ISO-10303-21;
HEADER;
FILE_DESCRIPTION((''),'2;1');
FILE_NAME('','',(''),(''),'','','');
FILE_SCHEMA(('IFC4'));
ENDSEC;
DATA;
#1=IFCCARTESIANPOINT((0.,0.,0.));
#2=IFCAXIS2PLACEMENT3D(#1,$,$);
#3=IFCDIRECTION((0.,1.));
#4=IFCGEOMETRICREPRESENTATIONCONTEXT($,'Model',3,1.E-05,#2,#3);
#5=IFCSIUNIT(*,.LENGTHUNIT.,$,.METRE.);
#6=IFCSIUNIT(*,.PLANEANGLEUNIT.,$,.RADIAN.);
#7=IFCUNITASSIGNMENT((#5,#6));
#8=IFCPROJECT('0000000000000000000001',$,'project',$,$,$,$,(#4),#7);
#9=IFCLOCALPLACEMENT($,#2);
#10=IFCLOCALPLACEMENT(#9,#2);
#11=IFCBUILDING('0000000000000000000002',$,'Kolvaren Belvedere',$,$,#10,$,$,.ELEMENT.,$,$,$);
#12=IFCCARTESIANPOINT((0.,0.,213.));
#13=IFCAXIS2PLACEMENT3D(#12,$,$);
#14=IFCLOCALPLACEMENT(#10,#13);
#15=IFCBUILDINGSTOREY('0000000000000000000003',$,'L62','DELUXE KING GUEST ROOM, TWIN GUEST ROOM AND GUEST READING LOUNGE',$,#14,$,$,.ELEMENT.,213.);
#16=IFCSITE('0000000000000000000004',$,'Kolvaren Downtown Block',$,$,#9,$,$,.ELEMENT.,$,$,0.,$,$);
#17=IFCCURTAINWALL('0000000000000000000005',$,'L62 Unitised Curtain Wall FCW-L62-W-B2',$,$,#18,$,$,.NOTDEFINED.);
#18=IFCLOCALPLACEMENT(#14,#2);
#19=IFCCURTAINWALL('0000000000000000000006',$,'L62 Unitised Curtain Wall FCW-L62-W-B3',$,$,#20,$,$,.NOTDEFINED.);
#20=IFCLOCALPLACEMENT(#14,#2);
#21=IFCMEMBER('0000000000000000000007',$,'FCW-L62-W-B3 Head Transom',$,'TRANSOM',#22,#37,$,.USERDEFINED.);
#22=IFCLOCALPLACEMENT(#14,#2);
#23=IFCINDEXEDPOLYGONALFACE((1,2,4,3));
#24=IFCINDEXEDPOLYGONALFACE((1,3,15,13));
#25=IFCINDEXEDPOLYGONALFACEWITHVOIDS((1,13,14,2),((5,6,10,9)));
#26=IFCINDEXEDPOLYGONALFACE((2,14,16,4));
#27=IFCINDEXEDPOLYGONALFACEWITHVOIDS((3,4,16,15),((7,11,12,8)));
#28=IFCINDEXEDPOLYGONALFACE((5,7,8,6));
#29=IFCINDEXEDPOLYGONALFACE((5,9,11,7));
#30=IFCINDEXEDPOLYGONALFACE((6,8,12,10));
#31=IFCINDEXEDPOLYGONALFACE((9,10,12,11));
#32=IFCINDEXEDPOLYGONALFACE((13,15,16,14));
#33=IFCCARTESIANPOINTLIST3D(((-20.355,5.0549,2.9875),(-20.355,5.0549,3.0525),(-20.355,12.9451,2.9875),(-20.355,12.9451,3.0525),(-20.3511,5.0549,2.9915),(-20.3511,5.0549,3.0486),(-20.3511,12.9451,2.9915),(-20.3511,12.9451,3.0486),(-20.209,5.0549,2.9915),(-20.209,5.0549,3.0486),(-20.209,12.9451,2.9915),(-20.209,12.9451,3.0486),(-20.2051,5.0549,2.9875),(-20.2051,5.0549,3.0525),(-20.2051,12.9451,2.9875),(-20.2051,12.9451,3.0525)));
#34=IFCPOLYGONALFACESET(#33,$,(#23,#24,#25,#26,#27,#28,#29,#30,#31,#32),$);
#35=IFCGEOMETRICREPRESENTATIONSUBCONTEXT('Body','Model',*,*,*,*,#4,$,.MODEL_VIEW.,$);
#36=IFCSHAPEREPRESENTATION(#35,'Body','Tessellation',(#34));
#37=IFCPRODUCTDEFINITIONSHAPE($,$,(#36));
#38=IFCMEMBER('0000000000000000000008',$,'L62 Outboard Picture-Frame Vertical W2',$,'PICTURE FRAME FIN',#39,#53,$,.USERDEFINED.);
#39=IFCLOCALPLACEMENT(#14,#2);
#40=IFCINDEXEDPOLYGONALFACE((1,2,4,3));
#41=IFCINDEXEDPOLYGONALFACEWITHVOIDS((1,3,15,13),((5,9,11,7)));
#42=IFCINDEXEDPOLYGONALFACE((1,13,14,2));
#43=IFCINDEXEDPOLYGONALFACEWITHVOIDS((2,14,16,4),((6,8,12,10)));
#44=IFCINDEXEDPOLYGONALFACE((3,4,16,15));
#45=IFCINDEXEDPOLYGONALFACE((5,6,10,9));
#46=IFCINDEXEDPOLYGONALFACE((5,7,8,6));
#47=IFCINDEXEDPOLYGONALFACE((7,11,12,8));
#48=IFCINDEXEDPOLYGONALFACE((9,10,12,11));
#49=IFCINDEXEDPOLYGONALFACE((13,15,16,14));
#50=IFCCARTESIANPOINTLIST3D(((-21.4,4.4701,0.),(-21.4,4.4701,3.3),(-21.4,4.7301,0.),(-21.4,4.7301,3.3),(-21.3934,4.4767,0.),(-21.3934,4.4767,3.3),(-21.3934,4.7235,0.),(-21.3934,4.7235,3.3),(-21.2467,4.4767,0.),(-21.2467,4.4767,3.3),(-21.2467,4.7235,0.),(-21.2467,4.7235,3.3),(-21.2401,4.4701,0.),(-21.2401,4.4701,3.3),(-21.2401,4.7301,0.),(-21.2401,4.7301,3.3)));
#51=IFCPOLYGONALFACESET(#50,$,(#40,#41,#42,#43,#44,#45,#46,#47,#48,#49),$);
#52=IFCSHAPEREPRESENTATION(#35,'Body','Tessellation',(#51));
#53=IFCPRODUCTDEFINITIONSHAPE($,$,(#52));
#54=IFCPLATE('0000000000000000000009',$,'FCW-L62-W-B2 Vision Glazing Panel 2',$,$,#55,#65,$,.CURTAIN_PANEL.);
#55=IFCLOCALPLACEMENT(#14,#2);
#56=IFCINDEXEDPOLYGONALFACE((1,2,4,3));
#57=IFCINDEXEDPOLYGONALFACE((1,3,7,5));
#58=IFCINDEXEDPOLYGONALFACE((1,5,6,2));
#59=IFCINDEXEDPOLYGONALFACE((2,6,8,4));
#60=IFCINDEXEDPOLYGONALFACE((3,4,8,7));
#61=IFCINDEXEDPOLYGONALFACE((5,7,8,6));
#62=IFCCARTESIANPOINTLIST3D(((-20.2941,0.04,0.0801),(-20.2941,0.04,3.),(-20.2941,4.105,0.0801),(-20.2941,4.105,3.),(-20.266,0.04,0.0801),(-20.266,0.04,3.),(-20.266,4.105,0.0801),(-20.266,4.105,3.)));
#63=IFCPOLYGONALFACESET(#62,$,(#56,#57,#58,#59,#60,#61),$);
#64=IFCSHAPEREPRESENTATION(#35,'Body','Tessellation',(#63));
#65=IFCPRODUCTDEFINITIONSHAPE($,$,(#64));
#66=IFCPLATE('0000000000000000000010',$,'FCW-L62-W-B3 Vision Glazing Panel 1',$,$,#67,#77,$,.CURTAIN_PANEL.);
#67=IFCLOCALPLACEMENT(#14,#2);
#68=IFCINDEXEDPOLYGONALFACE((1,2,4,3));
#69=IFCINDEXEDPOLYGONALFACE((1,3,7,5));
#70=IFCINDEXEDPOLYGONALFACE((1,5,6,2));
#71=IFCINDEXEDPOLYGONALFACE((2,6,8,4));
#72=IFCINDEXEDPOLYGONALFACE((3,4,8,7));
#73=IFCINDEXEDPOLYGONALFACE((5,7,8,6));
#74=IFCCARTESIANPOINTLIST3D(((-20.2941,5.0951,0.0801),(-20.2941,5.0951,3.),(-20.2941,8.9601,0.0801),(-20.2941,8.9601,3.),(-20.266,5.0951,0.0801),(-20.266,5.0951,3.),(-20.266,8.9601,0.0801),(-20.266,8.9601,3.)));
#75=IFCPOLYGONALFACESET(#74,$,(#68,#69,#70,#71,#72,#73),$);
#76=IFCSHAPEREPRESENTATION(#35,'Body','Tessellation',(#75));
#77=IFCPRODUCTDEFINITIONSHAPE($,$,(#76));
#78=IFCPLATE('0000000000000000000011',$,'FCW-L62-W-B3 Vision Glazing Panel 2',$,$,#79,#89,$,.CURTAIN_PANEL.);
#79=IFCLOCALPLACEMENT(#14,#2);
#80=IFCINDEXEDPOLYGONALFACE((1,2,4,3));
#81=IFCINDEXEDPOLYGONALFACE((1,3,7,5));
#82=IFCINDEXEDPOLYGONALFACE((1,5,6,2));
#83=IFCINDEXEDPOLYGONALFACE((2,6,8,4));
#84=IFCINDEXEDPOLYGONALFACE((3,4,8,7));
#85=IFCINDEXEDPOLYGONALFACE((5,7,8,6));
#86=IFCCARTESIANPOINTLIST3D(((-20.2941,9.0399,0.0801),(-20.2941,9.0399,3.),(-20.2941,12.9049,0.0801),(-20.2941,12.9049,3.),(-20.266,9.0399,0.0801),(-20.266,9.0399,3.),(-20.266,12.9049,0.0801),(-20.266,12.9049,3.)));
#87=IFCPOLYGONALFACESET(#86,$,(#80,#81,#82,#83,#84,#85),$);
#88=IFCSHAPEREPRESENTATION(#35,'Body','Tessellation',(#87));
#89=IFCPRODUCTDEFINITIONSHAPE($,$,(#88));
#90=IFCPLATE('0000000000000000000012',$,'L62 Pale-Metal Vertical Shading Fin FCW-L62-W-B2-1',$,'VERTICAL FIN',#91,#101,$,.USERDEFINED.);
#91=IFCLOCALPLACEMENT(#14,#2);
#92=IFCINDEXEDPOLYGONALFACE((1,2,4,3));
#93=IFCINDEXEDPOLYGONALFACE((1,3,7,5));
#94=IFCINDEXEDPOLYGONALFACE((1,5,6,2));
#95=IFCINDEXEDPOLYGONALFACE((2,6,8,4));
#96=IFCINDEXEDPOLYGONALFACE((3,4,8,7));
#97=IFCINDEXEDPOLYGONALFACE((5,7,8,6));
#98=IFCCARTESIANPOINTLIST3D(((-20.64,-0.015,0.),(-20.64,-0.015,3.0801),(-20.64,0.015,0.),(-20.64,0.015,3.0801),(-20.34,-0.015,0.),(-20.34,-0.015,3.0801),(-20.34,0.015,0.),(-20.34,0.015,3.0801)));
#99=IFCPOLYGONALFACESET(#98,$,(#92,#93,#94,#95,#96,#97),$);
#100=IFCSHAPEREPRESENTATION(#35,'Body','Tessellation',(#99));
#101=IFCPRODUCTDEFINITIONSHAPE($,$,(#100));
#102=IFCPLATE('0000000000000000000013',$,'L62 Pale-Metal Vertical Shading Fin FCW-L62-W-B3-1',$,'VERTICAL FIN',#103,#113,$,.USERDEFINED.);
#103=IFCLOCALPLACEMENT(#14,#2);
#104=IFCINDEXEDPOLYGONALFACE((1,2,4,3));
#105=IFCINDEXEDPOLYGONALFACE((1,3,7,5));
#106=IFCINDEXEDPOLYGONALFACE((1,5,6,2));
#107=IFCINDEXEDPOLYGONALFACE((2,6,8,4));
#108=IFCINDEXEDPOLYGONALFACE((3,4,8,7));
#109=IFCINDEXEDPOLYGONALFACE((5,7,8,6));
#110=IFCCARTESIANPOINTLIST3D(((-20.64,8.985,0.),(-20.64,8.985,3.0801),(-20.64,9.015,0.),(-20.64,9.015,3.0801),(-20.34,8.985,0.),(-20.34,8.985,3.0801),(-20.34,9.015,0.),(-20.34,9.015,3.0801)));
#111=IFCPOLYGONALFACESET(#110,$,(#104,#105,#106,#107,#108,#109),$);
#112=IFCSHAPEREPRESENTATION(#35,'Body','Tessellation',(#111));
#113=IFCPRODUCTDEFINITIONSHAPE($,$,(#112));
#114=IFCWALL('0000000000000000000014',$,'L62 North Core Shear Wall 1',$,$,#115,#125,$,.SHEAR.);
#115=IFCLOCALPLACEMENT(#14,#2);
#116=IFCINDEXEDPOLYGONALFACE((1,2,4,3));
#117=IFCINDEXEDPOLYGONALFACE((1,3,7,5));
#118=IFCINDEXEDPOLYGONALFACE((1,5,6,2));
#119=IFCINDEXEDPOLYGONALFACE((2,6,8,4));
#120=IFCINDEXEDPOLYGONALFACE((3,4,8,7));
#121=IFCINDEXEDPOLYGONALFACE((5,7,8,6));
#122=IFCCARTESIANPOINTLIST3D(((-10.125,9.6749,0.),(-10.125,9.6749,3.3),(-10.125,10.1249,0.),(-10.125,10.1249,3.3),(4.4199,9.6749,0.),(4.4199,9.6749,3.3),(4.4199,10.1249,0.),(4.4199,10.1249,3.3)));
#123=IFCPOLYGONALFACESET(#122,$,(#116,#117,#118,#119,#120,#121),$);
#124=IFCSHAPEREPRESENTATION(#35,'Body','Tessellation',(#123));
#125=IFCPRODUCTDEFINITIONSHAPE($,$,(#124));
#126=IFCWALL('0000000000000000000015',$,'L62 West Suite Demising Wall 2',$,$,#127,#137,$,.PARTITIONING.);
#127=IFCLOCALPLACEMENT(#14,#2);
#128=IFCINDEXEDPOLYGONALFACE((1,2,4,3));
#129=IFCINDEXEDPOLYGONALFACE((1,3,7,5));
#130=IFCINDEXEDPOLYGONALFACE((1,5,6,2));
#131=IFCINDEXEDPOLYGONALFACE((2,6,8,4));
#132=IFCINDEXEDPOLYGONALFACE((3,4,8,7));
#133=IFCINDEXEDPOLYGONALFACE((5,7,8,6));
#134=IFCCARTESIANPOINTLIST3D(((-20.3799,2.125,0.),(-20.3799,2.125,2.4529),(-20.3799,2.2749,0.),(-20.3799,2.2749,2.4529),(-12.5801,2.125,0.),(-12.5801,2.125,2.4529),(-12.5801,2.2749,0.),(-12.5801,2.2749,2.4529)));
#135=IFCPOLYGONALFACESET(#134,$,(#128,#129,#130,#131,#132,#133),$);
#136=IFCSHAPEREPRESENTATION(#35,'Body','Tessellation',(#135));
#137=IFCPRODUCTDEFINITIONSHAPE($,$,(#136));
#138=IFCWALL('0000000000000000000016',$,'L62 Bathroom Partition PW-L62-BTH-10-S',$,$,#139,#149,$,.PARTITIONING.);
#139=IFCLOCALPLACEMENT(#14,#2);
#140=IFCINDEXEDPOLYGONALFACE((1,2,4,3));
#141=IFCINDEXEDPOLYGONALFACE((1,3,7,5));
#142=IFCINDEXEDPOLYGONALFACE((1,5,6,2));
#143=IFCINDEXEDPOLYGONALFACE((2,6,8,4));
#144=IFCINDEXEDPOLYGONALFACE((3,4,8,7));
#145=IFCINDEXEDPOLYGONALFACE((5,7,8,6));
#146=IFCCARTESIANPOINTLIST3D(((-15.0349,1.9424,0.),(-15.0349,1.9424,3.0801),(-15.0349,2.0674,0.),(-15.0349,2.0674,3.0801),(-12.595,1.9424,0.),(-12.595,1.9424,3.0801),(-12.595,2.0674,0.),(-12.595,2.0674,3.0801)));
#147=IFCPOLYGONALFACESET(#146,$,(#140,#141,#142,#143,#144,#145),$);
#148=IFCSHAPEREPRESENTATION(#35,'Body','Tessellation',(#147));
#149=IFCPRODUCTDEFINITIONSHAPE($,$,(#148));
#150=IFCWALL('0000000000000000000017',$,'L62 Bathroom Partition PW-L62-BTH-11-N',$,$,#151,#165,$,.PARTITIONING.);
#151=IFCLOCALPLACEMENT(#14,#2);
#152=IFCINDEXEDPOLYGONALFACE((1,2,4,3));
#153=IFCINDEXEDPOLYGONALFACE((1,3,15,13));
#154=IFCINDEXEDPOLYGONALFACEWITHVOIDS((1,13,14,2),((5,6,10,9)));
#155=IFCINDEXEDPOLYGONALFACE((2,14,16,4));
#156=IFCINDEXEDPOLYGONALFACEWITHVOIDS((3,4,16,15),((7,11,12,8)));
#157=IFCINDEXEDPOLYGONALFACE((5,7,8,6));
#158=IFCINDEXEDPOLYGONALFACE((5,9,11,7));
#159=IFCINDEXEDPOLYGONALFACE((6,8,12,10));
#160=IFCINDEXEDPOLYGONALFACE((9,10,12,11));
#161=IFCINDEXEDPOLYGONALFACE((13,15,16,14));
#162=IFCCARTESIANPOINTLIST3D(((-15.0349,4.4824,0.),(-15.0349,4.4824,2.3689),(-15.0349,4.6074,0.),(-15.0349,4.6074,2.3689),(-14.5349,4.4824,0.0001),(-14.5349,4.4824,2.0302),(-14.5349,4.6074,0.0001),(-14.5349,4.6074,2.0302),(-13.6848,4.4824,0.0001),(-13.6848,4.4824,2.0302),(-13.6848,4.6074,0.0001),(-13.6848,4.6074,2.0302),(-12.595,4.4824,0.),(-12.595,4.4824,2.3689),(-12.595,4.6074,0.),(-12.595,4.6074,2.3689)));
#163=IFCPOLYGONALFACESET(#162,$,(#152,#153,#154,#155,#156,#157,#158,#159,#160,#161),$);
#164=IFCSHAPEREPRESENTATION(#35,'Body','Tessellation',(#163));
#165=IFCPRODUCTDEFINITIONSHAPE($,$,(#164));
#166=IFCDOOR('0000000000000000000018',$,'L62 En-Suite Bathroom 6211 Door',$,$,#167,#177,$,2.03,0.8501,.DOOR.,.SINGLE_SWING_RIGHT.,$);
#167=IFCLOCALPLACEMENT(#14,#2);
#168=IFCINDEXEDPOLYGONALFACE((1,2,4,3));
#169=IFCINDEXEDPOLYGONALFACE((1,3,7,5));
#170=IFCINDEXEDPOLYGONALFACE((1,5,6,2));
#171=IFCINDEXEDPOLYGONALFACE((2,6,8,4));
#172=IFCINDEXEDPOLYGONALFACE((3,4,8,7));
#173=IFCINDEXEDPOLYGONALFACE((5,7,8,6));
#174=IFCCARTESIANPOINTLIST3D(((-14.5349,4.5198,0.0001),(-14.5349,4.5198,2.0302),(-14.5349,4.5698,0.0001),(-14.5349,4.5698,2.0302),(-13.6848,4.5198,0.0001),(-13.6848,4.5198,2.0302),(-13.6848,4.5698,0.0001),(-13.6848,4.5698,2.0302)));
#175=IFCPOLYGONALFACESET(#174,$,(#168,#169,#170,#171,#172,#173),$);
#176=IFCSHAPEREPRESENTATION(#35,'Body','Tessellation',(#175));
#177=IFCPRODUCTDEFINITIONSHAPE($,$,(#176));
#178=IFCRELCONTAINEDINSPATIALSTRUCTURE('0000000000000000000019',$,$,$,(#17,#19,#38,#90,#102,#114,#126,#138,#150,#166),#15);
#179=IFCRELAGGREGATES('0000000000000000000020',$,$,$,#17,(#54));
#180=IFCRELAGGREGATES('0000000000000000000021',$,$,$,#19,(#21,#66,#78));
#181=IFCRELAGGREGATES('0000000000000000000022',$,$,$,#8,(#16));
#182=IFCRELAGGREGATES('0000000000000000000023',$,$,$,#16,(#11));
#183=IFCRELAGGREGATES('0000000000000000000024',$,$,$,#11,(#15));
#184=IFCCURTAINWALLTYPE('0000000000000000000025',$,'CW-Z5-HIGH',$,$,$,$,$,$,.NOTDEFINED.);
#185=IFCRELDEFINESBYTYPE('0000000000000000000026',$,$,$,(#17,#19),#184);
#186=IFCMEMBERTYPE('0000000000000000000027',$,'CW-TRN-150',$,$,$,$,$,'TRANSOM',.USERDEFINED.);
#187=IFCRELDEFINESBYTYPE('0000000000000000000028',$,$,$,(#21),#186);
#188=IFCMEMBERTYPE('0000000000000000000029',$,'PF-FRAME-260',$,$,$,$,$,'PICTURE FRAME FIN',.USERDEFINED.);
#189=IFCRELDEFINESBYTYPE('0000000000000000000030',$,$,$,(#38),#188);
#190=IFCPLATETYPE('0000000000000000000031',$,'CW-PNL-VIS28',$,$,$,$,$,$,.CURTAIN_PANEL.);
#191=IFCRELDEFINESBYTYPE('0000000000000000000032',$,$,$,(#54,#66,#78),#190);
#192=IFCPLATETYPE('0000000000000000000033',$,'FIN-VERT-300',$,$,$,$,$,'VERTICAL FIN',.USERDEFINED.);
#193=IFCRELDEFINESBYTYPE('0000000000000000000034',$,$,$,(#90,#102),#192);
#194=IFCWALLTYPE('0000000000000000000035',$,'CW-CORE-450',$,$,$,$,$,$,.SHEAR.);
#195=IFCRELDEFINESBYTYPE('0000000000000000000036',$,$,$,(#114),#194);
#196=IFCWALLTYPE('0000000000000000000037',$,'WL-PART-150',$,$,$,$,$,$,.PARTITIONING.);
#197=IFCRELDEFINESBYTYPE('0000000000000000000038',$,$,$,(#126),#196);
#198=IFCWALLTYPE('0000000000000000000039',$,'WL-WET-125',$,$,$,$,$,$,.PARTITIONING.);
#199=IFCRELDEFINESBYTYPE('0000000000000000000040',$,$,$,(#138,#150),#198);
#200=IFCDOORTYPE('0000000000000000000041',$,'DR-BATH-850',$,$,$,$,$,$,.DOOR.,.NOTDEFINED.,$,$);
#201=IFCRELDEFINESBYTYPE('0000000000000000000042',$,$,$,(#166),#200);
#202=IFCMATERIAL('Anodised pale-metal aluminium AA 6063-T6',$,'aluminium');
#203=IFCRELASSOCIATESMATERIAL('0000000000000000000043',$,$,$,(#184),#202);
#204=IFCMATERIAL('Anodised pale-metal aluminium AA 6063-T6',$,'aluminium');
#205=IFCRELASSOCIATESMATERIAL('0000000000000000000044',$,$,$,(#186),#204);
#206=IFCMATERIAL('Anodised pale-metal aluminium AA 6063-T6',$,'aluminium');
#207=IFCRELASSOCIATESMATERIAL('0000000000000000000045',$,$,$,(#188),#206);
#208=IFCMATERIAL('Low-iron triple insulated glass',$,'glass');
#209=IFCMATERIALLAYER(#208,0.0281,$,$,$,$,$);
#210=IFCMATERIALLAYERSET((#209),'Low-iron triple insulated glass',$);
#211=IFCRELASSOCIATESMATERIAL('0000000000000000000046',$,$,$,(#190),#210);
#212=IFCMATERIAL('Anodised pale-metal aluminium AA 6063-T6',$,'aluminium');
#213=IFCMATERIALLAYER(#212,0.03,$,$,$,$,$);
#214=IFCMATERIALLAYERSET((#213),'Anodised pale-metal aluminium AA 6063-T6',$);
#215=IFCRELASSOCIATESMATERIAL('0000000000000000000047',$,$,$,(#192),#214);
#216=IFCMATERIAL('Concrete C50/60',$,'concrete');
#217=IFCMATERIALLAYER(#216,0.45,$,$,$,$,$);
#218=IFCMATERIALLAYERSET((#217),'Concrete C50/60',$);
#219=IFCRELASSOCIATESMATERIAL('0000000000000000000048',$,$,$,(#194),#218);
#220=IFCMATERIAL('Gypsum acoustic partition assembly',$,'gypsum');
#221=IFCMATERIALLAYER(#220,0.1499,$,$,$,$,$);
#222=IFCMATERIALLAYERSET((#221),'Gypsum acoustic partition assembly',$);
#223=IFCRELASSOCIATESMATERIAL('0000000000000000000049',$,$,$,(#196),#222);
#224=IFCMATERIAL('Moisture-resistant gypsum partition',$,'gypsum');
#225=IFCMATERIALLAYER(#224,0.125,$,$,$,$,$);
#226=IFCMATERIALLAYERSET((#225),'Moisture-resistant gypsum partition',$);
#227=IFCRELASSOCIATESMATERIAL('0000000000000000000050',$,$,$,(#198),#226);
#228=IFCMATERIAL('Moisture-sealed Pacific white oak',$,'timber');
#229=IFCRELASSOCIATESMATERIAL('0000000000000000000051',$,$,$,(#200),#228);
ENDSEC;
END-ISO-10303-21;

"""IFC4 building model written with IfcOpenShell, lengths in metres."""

from ifc_helpers import new_model, si_unit, direction, frame, frame_2d, origin, origin_2d, place, context, subcontext, project, spatial, rectangle, hollow_rectangle, extrude, material, layer, layer_set, material_profile, profile_set, type_object, element, fill, aggregate, save


model = new_model("IFC4")

# Units and contexts
model_context = context("Model", 3, precision=1e-05, world=origin(), true_north=direction((0.0, 1.0)))
body_context = subcontext(model_context, "Body", "Model", "MODEL_VIEW")
ifc_project = project(units=[si_unit("LENGTHUNIT", "METRE"), si_unit("PLANEANGLEUNIT", "RADIAN")], contexts=[model_context])

# Site, building, storey
site_placement = place(None, origin())
site = spatial("IfcSite", under=ifc_project, at=site_placement, Name="Kolvaren Downtown Block", CompositionType="ELEMENT", RefElevation=0.0)
building_placement = place(site_placement, origin())
building = spatial("IfcBuilding", under=site, at=building_placement, Name="Kolvaren Belvedere", CompositionType="ELEMENT")
storey_placement = place(building_placement, frame((0.0, 0.0, 213.0)))
storey = spatial("IfcBuildingStorey", under=building, at=storey_placement, Name="L62", Description="DELUXE KING GUEST ROOM, TWIN GUEST ROOM AND GUEST READING LOUNGE", CompositionType="ELEMENT", Elevation=213.0)

# Curtain walls, member
ifc_material_1 = material(Name="Anodised pale-metal aluminium AA 6063-T6", Category="aluminium")
curtain_wall_type = type_object("IfcCurtainWallType", Name="CW-Z5-HIGH", PredefinedType="NOTDEFINED", material=ifc_material_1)
curtain_wall_1_placement = place(storey_placement, origin())
curtain_wall_1 = element("IfcCurtainWall", 1, at=curtain_wall_1_placement, inside=storey, type_object=curtain_wall_type, Name="L62 Unitised Curtain Wall FCW-L62-W-B2", PredefinedType="NOTDEFINED")
curtain_wall_2_placement = place(storey_placement, origin())
curtain_wall_2 = element("IfcCurtainWall", 2, at=curtain_wall_2_placement, inside=storey, type_object=curtain_wall_type, Name="L62 Unitised Curtain Wall FCW-L62-W-B3", PredefinedType="NOTDEFINED")
ifc_material_2 = material(Name="Anodised pale-metal aluminium AA 6063-T6", Category="aluminium")
ifc_material_profile_1 = material_profile(ifc_material_2, hollow_rectangle(XDim=0.0649, YDim=0.1499, WallThickness=0.0039, at=origin_2d()), Name="ALU-TRN-150X65")
ifc_profile_set_1 = profile_set([ifc_material_profile_1], Name="Anodised pale-metal aluminium AA 6063-T6")
member_type_1 = type_object("IfcMemberType", Name="CW-TRN-150", ElementType="TRANSOM", PredefinedType="USERDEFINED", material=ifc_profile_set_1)
member_1_placement = place(storey_placement, frame((-20.28, 5.0549, 3.02), z_axis=(0.0, 1.0, 0.0), x_axis=(0.0, 0.0, 1.0)))
member_1 = element("IfcMember", 3, at=member_1_placement, type_object=member_type_1, Name="FCW-L62-W-B3 Head Transom", ObjectType="TRANSOM", PredefinedType="USERDEFINED", context=body_context, shape_type="SweptSolid", body=[
    extrude(hollow_rectangle(XDim=0.0649, YDim=0.1499, WallThickness=0.0039, at=origin_2d()), origin(), (0.0, 0.0, 1.0), 7.8901),
])

# Member
ifc_material_3 = material(Name="Anodised pale-metal aluminium AA 6063-T6", Category="aluminium")
ifc_material_profile_2 = material_profile(ifc_material_3, hollow_rectangle(XDim=0.1599, YDim=0.26, WallThickness=0.0066, at=origin_2d()), Name="ALU-PF-260X160")
ifc_profile_set_2 = profile_set([ifc_material_profile_2], Name="Anodised pale-metal aluminium AA 6063-T6")
member_type_2 = type_object("IfcMemberType", Name="PF-FRAME-260", ElementType="PICTURE FRAME FIN", PredefinedType="USERDEFINED", material=ifc_profile_set_2)
member_2_placement = place(storey_placement, frame((-21.3201, 4.6001, 0.0), z_axis=(0.0, 0.0, 1.0), x_axis=(1.0, 0.0, 0.0)))
element("IfcMember", 4, at=member_2_placement, inside=storey, type_object=member_type_2, Name="L62 Outboard Picture-Frame Vertical W2", ObjectType="PICTURE FRAME FIN", PredefinedType="USERDEFINED", context=body_context, shape_type="SweptSolid", body=[
    extrude(hollow_rectangle(XDim=0.1599, YDim=0.26, WallThickness=0.0066, at=origin_2d()), origin(), (0.0, 0.0, 1.0), 3.3),
])

# Plates
ifc_material_4 = material(Name="Low-iron triple insulated glass", Category="glass")
ifc_layer_1 = layer(ifc_material_4, 0.0281)
ifc_layer_set_1 = layer_set([ifc_layer_1], Name="Low-iron triple insulated glass")
plate_type_1 = type_object("IfcPlateType", Name="CW-PNL-VIS28", PredefinedType="CURTAIN_PANEL", material=ifc_layer_set_1)
plate_1_placement = place(storey_placement, frame((-20.28, 2.0725, 0.0801), z_axis=(0.0, 0.0, 1.0), x_axis=(0.0, 1.0, 0.0)))
plate_1 = element("IfcPlate", 5, at=plate_1_placement, type_object=plate_type_1, Name="FCW-L62-W-B2 Vision Glazing Panel 2", PredefinedType="CURTAIN_PANEL", context=body_context, shape_type="SweptSolid", body=[
    extrude(rectangle(XDim=4.0649, YDim=0.0281, at=origin_2d()), origin(), (0.0, 0.0, 1.0), 2.9199),
])
aggregate(curtain_wall_1, [plate_1])
plate_2_placement = place(storey_placement, frame((-20.28, 7.0276, 0.0801), z_axis=(0.0, 0.0, 1.0), x_axis=(0.0, 1.0, 0.0)))
plate_2 = element("IfcPlate", 6, at=plate_2_placement, type_object=plate_type_1, Name="FCW-L62-W-B3 Vision Glazing Panel 1", PredefinedType="CURTAIN_PANEL", context=body_context, shape_type="SweptSolid", body=[
    extrude(rectangle(XDim=3.865, YDim=0.0281, at=origin_2d()), origin(), (0.0, 0.0, 1.0), 2.9199),
])
plate_3_placement = place(storey_placement, frame((-20.28, 10.9724, 0.0801), z_axis=(0.0, 0.0, 1.0), x_axis=(0.0, 1.0, 0.0)))
plate_3 = element("IfcPlate", 7, at=plate_3_placement, type_object=plate_type_1, Name="FCW-L62-W-B3 Vision Glazing Panel 2", PredefinedType="CURTAIN_PANEL", context=body_context, shape_type="SweptSolid", body=[
    extrude(rectangle(XDim=3.865, YDim=0.0281, at=origin_2d()), origin(), (0.0, 0.0, 1.0), 2.9199),
])
aggregate(curtain_wall_2, [member_1, plate_2, plate_3])

# Plates
ifc_material_5 = material(Name="Anodised pale-metal aluminium AA 6063-T6", Category="aluminium")
ifc_layer_2 = layer(ifc_material_5, 0.03)
ifc_layer_set_2 = layer_set([ifc_layer_2], Name="Anodised pale-metal aluminium AA 6063-T6")
plate_type_2 = type_object("IfcPlateType", Name="FIN-VERT-300", ElementType="VERTICAL FIN", PredefinedType="USERDEFINED", material=ifc_layer_set_2)
for number, where, z_axis, x_axis, name in (
    (8, (-20.49, 0.0, 0.0), (0.0, 0.0, 1.0), (1.0, 0.0, 0.0), "L62 Pale-Metal Vertical Shading Fin FCW-L62-W-B2-1"),
    (9, (-20.49, 9.0, 0.0), (0.0, 0.0, 1.0), (1.0, 0.0, 0.0), "L62 Pale-Metal Vertical Shading Fin FCW-L62-W-B3-1"),
):
    element("IfcPlate", number, at=place(storey_placement, frame(where, z_axis=z_axis, x_axis=x_axis)), inside=storey, type_object=plate_type_2, Name=name, ObjectType="VERTICAL FIN", PredefinedType="USERDEFINED", context=body_context, shape_type="SweptSolid", body=[
        extrude(rectangle(XDim=0.3, YDim=0.03, at=origin_2d()), origin(), (0.0, 0.0, 1.0), 3.0801),
    ])

# Walls
ifc_material_6 = material(Name="Concrete C50/60", Category="concrete")
ifc_layer_3 = layer(ifc_material_6, 0.45)
ifc_layer_set_3 = layer_set([ifc_layer_3], Name="Concrete C50/60")
wall_type_1 = type_object("IfcWallType", Name="CW-CORE-450", PredefinedType="SHEAR", material=ifc_layer_set_3)
wall_1_placement = place(storey_placement, frame((-10.125, 9.8999, 0.0), z_axis=(0.0, 0.0, 1.0), x_axis=(1.0, 0.0, 0.0)))
element("IfcWall", 10, at=wall_1_placement, inside=storey, type_object=wall_type_1, Name="L62 North Core Shear Wall 1", PredefinedType="SHEAR", context=body_context, shape_type="SweptSolid", body=[
    extrude(rectangle(XDim=14.5449, YDim=0.45, at=frame_2d((7.2725, 0.0))), origin(), (0.0, 0.0, 1.0), 3.3),
])
ifc_material_7 = material(Name="Gypsum acoustic partition assembly", Category="gypsum")
ifc_layer_4 = layer(ifc_material_7, 0.1499)
ifc_layer_set_4 = layer_set([ifc_layer_4], Name="Gypsum acoustic partition assembly")
wall_type_2 = type_object("IfcWallType", Name="WL-PART-150", PredefinedType="PARTITIONING", material=ifc_layer_set_4)
wall_2_placement = place(storey_placement, frame((-20.3799, 2.2, 0.0), z_axis=(0.0, 0.0, 1.0), x_axis=(1.0, 0.0, 0.0)))
element("IfcWall", 11, at=wall_2_placement, inside=storey, type_object=wall_type_2, Name="L62 West Suite Demising Wall 2", PredefinedType="PARTITIONING", context=body_context, shape_type="SweptSolid", body=[
    extrude(rectangle(XDim=7.7998, YDim=0.1499, at=frame_2d((3.8999, 0.0))), origin(), (0.0, 0.0, 1.0), 2.4529),
])
ifc_material_8 = material(Name="Moisture-resistant gypsum partition", Category="gypsum")
ifc_layer_5 = layer(ifc_material_8, 0.125)
ifc_layer_set_5 = layer_set([ifc_layer_5], Name="Moisture-resistant gypsum partition")
wall_type_3 = type_object("IfcWallType", Name="WL-WET-125", PredefinedType="PARTITIONING", material=ifc_layer_set_5)
wall_3_placement = place(storey_placement, frame((-15.0349, 2.0049, 0.0), z_axis=(0.0, 0.0, 1.0), x_axis=(1.0, 0.0, 0.0)))
element("IfcWall", 12, at=wall_3_placement, inside=storey, type_object=wall_type_3, Name="L62 Bathroom Partition PW-L62-BTH-10-S", PredefinedType="PARTITIONING", context=body_context, shape_type="SweptSolid", body=[
    extrude(rectangle(XDim=2.4399, YDim=0.125, at=frame_2d((1.22, 0.0))), origin(), (0.0, 0.0, 1.0), 3.0801),
])

# Wall, opening, door
wall_4_placement = place(storey_placement, frame((-15.0349, 4.5449, 0.0), z_axis=(0.0, 0.0, 1.0), x_axis=(1.0, 0.0, 0.0)))
wall_4 = element("IfcWall", 13, at=wall_4_placement, inside=storey, type_object=wall_type_3, Name="L62 Bathroom Partition PW-L62-BTH-11-N", PredefinedType="PARTITIONING", context=body_context, shape_type="SweptSolid", body=[
    extrude(rectangle(XDim=2.4399, YDim=0.125, at=frame_2d((1.22, 0.0))), origin(), (0.0, 0.0, 1.0), 2.3689),
])
opening_placement = place(wall_4_placement, frame((0.5, 0.0, 0.0)))
opening = element("IfcOpeningElement", 14, at=opening_placement, cuts=wall_4, PredefinedType="OPENING", context=body_context, shape_type="SweptSolid", body=[
    extrude(rectangle(XDim=0.8501, YDim=2.03, at=frame_2d((0.425, 1.0151))), frame((0.0, 0.0725, 0.0), z_axis=(0.0, -1.0, 0.0), x_axis=(1.0, 0.0, 0.0)), (0.0, 0.0, 1.0), 0.145),
])
ifc_material_9 = material(Name="Moisture-sealed Pacific white oak", Category="timber")
door_type = type_object("IfcDoorType", Name="DR-BATH-850", OperationType="NOTDEFINED", PredefinedType="DOOR", material=ifc_material_9)
door_placement = place(opening_placement, origin())
door = element("IfcDoor", 15, at=door_placement, inside=storey, type_object=door_type, Name="L62 En-Suite Bathroom 6211 Door", OperationType="SINGLE_SWING_RIGHT", OverallHeight=2.03, OverallWidth=0.8501, PredefinedType="DOOR", context=body_context, shape_type="SweptSolid", body=[
    extrude(rectangle(XDim=0.8501, YDim=2.03, at=frame_2d((0.425, 1.0151))), frame((0.0, 0.0249, 0.0), z_axis=(0.0, -1.0, 0.0), x_axis=(1.0, 0.0, 0.0)), (0.0, 0.0, 1.0), 0.05),
])
fill(opening, door)

save(model, "model.ifc")
